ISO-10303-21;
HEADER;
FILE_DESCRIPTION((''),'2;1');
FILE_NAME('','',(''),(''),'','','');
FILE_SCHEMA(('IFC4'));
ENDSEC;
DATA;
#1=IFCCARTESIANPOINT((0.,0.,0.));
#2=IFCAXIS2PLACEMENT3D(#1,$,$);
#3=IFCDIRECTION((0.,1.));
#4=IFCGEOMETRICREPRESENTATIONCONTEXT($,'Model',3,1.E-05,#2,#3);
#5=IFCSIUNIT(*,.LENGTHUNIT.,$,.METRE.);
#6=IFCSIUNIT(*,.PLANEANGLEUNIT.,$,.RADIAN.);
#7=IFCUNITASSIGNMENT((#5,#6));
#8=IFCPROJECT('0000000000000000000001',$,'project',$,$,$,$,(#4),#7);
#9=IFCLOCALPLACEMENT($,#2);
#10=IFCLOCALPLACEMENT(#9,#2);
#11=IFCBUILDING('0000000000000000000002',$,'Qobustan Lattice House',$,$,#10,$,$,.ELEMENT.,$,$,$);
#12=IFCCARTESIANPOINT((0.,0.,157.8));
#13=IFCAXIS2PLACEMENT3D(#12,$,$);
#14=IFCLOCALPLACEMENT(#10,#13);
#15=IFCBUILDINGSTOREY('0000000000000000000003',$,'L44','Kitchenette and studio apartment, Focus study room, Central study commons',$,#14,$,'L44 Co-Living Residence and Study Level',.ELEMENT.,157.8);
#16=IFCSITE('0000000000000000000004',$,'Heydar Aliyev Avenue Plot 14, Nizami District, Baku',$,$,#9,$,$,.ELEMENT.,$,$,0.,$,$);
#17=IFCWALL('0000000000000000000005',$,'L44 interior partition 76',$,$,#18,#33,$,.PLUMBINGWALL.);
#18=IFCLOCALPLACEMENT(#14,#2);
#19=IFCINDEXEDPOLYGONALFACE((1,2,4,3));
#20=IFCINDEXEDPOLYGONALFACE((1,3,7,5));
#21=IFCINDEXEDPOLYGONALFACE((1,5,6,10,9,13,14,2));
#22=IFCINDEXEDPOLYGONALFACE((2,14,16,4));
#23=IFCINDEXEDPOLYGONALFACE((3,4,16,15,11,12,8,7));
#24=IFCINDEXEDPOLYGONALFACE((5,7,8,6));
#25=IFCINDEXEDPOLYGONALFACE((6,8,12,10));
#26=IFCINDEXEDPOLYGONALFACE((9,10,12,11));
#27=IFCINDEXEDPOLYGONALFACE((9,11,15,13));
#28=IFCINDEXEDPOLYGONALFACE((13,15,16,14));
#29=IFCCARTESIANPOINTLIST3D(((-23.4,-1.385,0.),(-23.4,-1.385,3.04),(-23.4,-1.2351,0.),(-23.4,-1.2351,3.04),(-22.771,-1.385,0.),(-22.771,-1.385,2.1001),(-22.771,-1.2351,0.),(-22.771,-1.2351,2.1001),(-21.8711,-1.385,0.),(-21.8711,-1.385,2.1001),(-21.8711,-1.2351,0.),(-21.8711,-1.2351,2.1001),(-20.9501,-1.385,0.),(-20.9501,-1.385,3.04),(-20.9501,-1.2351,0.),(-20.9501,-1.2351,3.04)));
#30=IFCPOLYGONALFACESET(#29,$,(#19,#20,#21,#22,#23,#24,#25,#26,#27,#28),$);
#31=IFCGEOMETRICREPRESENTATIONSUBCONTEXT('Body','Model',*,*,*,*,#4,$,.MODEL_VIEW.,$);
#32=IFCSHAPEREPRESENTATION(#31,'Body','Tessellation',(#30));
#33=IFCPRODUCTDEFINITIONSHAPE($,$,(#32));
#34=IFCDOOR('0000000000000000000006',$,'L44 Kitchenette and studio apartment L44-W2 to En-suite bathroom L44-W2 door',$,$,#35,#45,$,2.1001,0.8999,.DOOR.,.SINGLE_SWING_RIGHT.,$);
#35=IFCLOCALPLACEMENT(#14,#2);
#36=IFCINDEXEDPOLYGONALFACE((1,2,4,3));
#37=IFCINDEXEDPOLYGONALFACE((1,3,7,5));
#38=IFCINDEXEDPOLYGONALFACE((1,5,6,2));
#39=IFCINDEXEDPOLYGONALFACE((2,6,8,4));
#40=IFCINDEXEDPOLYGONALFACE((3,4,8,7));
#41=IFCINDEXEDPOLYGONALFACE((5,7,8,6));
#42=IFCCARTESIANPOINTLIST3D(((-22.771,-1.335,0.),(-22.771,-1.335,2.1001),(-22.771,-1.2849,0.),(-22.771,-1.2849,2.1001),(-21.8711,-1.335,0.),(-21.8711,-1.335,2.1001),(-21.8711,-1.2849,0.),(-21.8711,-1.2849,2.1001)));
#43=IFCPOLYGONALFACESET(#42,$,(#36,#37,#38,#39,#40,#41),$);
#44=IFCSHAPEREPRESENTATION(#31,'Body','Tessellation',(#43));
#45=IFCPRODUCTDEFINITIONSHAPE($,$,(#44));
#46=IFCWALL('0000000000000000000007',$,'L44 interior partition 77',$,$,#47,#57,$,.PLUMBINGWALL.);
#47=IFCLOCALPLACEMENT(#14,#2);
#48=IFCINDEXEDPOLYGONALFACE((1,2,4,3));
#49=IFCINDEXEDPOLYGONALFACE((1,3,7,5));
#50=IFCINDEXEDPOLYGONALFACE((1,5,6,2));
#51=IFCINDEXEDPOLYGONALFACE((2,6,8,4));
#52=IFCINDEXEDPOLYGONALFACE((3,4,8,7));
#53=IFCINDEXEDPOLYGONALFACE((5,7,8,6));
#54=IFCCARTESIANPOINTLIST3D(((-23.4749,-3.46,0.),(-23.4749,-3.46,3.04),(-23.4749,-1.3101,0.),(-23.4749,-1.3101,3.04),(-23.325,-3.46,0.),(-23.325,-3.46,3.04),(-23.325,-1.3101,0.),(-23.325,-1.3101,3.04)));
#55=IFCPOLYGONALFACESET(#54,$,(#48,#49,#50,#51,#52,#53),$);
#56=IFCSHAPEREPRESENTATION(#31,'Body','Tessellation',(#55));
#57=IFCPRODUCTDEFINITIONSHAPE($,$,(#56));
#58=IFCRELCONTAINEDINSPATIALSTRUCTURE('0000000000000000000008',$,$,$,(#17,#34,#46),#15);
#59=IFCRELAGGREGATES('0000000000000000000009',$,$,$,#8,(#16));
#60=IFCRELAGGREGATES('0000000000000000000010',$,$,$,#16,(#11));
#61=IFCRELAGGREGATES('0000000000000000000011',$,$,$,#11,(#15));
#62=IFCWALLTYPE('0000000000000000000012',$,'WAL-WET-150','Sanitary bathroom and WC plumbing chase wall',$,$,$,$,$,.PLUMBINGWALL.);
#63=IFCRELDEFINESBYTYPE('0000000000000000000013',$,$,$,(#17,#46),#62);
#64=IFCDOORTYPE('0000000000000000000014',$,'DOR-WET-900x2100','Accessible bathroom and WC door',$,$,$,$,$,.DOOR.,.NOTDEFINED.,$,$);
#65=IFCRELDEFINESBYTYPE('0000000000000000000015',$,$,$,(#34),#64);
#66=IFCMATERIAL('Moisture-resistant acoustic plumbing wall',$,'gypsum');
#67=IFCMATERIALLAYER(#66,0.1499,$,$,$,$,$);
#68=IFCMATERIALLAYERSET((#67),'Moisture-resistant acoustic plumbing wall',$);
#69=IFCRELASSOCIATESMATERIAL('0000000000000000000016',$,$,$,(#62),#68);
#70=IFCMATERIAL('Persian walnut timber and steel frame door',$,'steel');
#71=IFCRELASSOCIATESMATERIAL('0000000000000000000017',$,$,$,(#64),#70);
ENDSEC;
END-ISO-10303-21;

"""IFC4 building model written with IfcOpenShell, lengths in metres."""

from ifc_helpers import new_model, si_unit, direction, frame, frame_2d, origin, place, context, subcontext, project, spatial, rectangle, extrude, material, layer, layer_set, type_object, element, fill, save


model = new_model("IFC4")

# Units and contexts
model_context = context("Model", 3, precision=1e-05, world=origin(), true_north=direction((0.0, 1.0)))
body_context = subcontext(model_context, "Body", "Model", "MODEL_VIEW")
ifc_project = project(units=[si_unit("LENGTHUNIT", "METRE"), si_unit("PLANEANGLEUNIT", "RADIAN")], contexts=[model_context])

# Site, building, storey
site_placement = place(None, origin())
site = spatial("IfcSite", under=ifc_project, at=site_placement, Name="Heydar Aliyev Avenue Plot 14, Nizami District, Baku", CompositionType="ELEMENT", RefElevation=0.0)
building_placement = place(site_placement, origin())
building = spatial("IfcBuilding", under=site, at=building_placement, Name="Qobustan Lattice House", CompositionType="ELEMENT")
storey_placement = place(building_placement, frame((0.0, 0.0, 157.8)))
storey = spatial("IfcBuildingStorey", under=building, at=storey_placement, Name="L44", Description="Kitchenette and studio apartment, Focus study room, Central study commons", LongName="L44 Co-Living Residence and Study Level", CompositionType="ELEMENT", Elevation=157.8)

# Shared definitions
ifc_material_1 = material(Name="Moisture-resistant acoustic plumbing wall", Category="gypsum")
ifc_layer_1 = layer(ifc_material_1, 0.1499)
ifc_layer_set_1 = layer_set([ifc_layer_1], Name="Moisture-resistant acoustic plumbing wall")
wall_type_1 = type_object("IfcWallType", Name="WAL-WET-150", Description="Sanitary bathroom and WC plumbing chase wall", PredefinedType="PLUMBINGWALL", material=ifc_layer_set_1)

# Wall, opening, door
wall_1_placement = place(storey_placement, frame((-20.95, -1.3101, 0.0), z_axis=(0.0, 0.0, 1.0), x_axis=(-1.0, 0.0, 0.0)))
wall_1 = element("IfcWall", 1, at=wall_1_placement, inside=storey, type_object=wall_type_1, Name="L44 interior partition 76", PredefinedType="PLUMBINGWALL", context=body_context, shape_type="SweptSolid", body=[
    extrude(rectangle(XDim=2.45, YDim=0.1499, at=frame_2d((1.2251, 0.0))), origin(), (0.0, 0.0, 1.0), 3.04),
])
opening_1_placement = place(wall_1_placement, frame((0.9211, 0.0, 0.0)))
opening_1 = element("IfcOpeningElement", 2, at=opening_1_placement, cuts=wall_1, PredefinedType="OPENING", context=body_context, shape_type="SweptSolid", body=[
    extrude(rectangle(XDim=0.8999, YDim=2.1001, at=frame_2d((0.45, 1.05))), frame((0.0, 0.085, 0.0), z_axis=(0.0, -1.0, 0.0), x_axis=(1.0, 0.0, 0.0)), (0.0, 0.0, 1.0), 0.1699),
])
ifc_material_2 = material(Name="Persian walnut timber and steel frame door", Category="steel")
door_type_1 = type_object("IfcDoorType", Name="DOR-WET-900x2100", Description="Accessible bathroom and WC door", OperationType="NOTDEFINED", PredefinedType="DOOR", material=ifc_material_2)
door_1_placement = place(opening_1_placement, origin())
door_1 = element("IfcDoor", 3, at=door_1_placement, inside=storey, type_object=door_type_1, Name="L44 Kitchenette and studio apartment L44-W2 to En-suite bathroom L44-W2 door", OperationType="SINGLE_SWING_RIGHT", OverallHeight=2.1001, OverallWidth=0.8999, PredefinedType="DOOR", context=body_context, shape_type="SweptSolid", body=[
    extrude(rectangle(XDim=0.8999, YDim=2.1001, at=frame_2d((0.45, 1.05))), frame((0.0, 0.0249, 0.0), z_axis=(0.0, -1.0, 0.0), x_axis=(1.0, 0.0, 0.0)), (0.0, 0.0, 1.0), 0.05),
])
fill(opening_1, door_1)

# Wall
wall_2_placement = place(storey_placement, frame((-23.3999, -1.3101, 0.0), z_axis=(0.0, 0.0, 1.0), x_axis=(0.0, -1.0, 0.0)))
element("IfcWall", 4, at=wall_2_placement, inside=storey, type_object=wall_type_1, Name="L44 interior partition 77", PredefinedType="PLUMBINGWALL", context=body_context, shape_type="SweptSolid", body=[
    extrude(rectangle(XDim=2.1499, YDim=0.1499, at=frame_2d((1.075, 0.0))), origin(), (0.0, 0.0, 1.0), 3.04),
])

save(model, "model.ifc")
